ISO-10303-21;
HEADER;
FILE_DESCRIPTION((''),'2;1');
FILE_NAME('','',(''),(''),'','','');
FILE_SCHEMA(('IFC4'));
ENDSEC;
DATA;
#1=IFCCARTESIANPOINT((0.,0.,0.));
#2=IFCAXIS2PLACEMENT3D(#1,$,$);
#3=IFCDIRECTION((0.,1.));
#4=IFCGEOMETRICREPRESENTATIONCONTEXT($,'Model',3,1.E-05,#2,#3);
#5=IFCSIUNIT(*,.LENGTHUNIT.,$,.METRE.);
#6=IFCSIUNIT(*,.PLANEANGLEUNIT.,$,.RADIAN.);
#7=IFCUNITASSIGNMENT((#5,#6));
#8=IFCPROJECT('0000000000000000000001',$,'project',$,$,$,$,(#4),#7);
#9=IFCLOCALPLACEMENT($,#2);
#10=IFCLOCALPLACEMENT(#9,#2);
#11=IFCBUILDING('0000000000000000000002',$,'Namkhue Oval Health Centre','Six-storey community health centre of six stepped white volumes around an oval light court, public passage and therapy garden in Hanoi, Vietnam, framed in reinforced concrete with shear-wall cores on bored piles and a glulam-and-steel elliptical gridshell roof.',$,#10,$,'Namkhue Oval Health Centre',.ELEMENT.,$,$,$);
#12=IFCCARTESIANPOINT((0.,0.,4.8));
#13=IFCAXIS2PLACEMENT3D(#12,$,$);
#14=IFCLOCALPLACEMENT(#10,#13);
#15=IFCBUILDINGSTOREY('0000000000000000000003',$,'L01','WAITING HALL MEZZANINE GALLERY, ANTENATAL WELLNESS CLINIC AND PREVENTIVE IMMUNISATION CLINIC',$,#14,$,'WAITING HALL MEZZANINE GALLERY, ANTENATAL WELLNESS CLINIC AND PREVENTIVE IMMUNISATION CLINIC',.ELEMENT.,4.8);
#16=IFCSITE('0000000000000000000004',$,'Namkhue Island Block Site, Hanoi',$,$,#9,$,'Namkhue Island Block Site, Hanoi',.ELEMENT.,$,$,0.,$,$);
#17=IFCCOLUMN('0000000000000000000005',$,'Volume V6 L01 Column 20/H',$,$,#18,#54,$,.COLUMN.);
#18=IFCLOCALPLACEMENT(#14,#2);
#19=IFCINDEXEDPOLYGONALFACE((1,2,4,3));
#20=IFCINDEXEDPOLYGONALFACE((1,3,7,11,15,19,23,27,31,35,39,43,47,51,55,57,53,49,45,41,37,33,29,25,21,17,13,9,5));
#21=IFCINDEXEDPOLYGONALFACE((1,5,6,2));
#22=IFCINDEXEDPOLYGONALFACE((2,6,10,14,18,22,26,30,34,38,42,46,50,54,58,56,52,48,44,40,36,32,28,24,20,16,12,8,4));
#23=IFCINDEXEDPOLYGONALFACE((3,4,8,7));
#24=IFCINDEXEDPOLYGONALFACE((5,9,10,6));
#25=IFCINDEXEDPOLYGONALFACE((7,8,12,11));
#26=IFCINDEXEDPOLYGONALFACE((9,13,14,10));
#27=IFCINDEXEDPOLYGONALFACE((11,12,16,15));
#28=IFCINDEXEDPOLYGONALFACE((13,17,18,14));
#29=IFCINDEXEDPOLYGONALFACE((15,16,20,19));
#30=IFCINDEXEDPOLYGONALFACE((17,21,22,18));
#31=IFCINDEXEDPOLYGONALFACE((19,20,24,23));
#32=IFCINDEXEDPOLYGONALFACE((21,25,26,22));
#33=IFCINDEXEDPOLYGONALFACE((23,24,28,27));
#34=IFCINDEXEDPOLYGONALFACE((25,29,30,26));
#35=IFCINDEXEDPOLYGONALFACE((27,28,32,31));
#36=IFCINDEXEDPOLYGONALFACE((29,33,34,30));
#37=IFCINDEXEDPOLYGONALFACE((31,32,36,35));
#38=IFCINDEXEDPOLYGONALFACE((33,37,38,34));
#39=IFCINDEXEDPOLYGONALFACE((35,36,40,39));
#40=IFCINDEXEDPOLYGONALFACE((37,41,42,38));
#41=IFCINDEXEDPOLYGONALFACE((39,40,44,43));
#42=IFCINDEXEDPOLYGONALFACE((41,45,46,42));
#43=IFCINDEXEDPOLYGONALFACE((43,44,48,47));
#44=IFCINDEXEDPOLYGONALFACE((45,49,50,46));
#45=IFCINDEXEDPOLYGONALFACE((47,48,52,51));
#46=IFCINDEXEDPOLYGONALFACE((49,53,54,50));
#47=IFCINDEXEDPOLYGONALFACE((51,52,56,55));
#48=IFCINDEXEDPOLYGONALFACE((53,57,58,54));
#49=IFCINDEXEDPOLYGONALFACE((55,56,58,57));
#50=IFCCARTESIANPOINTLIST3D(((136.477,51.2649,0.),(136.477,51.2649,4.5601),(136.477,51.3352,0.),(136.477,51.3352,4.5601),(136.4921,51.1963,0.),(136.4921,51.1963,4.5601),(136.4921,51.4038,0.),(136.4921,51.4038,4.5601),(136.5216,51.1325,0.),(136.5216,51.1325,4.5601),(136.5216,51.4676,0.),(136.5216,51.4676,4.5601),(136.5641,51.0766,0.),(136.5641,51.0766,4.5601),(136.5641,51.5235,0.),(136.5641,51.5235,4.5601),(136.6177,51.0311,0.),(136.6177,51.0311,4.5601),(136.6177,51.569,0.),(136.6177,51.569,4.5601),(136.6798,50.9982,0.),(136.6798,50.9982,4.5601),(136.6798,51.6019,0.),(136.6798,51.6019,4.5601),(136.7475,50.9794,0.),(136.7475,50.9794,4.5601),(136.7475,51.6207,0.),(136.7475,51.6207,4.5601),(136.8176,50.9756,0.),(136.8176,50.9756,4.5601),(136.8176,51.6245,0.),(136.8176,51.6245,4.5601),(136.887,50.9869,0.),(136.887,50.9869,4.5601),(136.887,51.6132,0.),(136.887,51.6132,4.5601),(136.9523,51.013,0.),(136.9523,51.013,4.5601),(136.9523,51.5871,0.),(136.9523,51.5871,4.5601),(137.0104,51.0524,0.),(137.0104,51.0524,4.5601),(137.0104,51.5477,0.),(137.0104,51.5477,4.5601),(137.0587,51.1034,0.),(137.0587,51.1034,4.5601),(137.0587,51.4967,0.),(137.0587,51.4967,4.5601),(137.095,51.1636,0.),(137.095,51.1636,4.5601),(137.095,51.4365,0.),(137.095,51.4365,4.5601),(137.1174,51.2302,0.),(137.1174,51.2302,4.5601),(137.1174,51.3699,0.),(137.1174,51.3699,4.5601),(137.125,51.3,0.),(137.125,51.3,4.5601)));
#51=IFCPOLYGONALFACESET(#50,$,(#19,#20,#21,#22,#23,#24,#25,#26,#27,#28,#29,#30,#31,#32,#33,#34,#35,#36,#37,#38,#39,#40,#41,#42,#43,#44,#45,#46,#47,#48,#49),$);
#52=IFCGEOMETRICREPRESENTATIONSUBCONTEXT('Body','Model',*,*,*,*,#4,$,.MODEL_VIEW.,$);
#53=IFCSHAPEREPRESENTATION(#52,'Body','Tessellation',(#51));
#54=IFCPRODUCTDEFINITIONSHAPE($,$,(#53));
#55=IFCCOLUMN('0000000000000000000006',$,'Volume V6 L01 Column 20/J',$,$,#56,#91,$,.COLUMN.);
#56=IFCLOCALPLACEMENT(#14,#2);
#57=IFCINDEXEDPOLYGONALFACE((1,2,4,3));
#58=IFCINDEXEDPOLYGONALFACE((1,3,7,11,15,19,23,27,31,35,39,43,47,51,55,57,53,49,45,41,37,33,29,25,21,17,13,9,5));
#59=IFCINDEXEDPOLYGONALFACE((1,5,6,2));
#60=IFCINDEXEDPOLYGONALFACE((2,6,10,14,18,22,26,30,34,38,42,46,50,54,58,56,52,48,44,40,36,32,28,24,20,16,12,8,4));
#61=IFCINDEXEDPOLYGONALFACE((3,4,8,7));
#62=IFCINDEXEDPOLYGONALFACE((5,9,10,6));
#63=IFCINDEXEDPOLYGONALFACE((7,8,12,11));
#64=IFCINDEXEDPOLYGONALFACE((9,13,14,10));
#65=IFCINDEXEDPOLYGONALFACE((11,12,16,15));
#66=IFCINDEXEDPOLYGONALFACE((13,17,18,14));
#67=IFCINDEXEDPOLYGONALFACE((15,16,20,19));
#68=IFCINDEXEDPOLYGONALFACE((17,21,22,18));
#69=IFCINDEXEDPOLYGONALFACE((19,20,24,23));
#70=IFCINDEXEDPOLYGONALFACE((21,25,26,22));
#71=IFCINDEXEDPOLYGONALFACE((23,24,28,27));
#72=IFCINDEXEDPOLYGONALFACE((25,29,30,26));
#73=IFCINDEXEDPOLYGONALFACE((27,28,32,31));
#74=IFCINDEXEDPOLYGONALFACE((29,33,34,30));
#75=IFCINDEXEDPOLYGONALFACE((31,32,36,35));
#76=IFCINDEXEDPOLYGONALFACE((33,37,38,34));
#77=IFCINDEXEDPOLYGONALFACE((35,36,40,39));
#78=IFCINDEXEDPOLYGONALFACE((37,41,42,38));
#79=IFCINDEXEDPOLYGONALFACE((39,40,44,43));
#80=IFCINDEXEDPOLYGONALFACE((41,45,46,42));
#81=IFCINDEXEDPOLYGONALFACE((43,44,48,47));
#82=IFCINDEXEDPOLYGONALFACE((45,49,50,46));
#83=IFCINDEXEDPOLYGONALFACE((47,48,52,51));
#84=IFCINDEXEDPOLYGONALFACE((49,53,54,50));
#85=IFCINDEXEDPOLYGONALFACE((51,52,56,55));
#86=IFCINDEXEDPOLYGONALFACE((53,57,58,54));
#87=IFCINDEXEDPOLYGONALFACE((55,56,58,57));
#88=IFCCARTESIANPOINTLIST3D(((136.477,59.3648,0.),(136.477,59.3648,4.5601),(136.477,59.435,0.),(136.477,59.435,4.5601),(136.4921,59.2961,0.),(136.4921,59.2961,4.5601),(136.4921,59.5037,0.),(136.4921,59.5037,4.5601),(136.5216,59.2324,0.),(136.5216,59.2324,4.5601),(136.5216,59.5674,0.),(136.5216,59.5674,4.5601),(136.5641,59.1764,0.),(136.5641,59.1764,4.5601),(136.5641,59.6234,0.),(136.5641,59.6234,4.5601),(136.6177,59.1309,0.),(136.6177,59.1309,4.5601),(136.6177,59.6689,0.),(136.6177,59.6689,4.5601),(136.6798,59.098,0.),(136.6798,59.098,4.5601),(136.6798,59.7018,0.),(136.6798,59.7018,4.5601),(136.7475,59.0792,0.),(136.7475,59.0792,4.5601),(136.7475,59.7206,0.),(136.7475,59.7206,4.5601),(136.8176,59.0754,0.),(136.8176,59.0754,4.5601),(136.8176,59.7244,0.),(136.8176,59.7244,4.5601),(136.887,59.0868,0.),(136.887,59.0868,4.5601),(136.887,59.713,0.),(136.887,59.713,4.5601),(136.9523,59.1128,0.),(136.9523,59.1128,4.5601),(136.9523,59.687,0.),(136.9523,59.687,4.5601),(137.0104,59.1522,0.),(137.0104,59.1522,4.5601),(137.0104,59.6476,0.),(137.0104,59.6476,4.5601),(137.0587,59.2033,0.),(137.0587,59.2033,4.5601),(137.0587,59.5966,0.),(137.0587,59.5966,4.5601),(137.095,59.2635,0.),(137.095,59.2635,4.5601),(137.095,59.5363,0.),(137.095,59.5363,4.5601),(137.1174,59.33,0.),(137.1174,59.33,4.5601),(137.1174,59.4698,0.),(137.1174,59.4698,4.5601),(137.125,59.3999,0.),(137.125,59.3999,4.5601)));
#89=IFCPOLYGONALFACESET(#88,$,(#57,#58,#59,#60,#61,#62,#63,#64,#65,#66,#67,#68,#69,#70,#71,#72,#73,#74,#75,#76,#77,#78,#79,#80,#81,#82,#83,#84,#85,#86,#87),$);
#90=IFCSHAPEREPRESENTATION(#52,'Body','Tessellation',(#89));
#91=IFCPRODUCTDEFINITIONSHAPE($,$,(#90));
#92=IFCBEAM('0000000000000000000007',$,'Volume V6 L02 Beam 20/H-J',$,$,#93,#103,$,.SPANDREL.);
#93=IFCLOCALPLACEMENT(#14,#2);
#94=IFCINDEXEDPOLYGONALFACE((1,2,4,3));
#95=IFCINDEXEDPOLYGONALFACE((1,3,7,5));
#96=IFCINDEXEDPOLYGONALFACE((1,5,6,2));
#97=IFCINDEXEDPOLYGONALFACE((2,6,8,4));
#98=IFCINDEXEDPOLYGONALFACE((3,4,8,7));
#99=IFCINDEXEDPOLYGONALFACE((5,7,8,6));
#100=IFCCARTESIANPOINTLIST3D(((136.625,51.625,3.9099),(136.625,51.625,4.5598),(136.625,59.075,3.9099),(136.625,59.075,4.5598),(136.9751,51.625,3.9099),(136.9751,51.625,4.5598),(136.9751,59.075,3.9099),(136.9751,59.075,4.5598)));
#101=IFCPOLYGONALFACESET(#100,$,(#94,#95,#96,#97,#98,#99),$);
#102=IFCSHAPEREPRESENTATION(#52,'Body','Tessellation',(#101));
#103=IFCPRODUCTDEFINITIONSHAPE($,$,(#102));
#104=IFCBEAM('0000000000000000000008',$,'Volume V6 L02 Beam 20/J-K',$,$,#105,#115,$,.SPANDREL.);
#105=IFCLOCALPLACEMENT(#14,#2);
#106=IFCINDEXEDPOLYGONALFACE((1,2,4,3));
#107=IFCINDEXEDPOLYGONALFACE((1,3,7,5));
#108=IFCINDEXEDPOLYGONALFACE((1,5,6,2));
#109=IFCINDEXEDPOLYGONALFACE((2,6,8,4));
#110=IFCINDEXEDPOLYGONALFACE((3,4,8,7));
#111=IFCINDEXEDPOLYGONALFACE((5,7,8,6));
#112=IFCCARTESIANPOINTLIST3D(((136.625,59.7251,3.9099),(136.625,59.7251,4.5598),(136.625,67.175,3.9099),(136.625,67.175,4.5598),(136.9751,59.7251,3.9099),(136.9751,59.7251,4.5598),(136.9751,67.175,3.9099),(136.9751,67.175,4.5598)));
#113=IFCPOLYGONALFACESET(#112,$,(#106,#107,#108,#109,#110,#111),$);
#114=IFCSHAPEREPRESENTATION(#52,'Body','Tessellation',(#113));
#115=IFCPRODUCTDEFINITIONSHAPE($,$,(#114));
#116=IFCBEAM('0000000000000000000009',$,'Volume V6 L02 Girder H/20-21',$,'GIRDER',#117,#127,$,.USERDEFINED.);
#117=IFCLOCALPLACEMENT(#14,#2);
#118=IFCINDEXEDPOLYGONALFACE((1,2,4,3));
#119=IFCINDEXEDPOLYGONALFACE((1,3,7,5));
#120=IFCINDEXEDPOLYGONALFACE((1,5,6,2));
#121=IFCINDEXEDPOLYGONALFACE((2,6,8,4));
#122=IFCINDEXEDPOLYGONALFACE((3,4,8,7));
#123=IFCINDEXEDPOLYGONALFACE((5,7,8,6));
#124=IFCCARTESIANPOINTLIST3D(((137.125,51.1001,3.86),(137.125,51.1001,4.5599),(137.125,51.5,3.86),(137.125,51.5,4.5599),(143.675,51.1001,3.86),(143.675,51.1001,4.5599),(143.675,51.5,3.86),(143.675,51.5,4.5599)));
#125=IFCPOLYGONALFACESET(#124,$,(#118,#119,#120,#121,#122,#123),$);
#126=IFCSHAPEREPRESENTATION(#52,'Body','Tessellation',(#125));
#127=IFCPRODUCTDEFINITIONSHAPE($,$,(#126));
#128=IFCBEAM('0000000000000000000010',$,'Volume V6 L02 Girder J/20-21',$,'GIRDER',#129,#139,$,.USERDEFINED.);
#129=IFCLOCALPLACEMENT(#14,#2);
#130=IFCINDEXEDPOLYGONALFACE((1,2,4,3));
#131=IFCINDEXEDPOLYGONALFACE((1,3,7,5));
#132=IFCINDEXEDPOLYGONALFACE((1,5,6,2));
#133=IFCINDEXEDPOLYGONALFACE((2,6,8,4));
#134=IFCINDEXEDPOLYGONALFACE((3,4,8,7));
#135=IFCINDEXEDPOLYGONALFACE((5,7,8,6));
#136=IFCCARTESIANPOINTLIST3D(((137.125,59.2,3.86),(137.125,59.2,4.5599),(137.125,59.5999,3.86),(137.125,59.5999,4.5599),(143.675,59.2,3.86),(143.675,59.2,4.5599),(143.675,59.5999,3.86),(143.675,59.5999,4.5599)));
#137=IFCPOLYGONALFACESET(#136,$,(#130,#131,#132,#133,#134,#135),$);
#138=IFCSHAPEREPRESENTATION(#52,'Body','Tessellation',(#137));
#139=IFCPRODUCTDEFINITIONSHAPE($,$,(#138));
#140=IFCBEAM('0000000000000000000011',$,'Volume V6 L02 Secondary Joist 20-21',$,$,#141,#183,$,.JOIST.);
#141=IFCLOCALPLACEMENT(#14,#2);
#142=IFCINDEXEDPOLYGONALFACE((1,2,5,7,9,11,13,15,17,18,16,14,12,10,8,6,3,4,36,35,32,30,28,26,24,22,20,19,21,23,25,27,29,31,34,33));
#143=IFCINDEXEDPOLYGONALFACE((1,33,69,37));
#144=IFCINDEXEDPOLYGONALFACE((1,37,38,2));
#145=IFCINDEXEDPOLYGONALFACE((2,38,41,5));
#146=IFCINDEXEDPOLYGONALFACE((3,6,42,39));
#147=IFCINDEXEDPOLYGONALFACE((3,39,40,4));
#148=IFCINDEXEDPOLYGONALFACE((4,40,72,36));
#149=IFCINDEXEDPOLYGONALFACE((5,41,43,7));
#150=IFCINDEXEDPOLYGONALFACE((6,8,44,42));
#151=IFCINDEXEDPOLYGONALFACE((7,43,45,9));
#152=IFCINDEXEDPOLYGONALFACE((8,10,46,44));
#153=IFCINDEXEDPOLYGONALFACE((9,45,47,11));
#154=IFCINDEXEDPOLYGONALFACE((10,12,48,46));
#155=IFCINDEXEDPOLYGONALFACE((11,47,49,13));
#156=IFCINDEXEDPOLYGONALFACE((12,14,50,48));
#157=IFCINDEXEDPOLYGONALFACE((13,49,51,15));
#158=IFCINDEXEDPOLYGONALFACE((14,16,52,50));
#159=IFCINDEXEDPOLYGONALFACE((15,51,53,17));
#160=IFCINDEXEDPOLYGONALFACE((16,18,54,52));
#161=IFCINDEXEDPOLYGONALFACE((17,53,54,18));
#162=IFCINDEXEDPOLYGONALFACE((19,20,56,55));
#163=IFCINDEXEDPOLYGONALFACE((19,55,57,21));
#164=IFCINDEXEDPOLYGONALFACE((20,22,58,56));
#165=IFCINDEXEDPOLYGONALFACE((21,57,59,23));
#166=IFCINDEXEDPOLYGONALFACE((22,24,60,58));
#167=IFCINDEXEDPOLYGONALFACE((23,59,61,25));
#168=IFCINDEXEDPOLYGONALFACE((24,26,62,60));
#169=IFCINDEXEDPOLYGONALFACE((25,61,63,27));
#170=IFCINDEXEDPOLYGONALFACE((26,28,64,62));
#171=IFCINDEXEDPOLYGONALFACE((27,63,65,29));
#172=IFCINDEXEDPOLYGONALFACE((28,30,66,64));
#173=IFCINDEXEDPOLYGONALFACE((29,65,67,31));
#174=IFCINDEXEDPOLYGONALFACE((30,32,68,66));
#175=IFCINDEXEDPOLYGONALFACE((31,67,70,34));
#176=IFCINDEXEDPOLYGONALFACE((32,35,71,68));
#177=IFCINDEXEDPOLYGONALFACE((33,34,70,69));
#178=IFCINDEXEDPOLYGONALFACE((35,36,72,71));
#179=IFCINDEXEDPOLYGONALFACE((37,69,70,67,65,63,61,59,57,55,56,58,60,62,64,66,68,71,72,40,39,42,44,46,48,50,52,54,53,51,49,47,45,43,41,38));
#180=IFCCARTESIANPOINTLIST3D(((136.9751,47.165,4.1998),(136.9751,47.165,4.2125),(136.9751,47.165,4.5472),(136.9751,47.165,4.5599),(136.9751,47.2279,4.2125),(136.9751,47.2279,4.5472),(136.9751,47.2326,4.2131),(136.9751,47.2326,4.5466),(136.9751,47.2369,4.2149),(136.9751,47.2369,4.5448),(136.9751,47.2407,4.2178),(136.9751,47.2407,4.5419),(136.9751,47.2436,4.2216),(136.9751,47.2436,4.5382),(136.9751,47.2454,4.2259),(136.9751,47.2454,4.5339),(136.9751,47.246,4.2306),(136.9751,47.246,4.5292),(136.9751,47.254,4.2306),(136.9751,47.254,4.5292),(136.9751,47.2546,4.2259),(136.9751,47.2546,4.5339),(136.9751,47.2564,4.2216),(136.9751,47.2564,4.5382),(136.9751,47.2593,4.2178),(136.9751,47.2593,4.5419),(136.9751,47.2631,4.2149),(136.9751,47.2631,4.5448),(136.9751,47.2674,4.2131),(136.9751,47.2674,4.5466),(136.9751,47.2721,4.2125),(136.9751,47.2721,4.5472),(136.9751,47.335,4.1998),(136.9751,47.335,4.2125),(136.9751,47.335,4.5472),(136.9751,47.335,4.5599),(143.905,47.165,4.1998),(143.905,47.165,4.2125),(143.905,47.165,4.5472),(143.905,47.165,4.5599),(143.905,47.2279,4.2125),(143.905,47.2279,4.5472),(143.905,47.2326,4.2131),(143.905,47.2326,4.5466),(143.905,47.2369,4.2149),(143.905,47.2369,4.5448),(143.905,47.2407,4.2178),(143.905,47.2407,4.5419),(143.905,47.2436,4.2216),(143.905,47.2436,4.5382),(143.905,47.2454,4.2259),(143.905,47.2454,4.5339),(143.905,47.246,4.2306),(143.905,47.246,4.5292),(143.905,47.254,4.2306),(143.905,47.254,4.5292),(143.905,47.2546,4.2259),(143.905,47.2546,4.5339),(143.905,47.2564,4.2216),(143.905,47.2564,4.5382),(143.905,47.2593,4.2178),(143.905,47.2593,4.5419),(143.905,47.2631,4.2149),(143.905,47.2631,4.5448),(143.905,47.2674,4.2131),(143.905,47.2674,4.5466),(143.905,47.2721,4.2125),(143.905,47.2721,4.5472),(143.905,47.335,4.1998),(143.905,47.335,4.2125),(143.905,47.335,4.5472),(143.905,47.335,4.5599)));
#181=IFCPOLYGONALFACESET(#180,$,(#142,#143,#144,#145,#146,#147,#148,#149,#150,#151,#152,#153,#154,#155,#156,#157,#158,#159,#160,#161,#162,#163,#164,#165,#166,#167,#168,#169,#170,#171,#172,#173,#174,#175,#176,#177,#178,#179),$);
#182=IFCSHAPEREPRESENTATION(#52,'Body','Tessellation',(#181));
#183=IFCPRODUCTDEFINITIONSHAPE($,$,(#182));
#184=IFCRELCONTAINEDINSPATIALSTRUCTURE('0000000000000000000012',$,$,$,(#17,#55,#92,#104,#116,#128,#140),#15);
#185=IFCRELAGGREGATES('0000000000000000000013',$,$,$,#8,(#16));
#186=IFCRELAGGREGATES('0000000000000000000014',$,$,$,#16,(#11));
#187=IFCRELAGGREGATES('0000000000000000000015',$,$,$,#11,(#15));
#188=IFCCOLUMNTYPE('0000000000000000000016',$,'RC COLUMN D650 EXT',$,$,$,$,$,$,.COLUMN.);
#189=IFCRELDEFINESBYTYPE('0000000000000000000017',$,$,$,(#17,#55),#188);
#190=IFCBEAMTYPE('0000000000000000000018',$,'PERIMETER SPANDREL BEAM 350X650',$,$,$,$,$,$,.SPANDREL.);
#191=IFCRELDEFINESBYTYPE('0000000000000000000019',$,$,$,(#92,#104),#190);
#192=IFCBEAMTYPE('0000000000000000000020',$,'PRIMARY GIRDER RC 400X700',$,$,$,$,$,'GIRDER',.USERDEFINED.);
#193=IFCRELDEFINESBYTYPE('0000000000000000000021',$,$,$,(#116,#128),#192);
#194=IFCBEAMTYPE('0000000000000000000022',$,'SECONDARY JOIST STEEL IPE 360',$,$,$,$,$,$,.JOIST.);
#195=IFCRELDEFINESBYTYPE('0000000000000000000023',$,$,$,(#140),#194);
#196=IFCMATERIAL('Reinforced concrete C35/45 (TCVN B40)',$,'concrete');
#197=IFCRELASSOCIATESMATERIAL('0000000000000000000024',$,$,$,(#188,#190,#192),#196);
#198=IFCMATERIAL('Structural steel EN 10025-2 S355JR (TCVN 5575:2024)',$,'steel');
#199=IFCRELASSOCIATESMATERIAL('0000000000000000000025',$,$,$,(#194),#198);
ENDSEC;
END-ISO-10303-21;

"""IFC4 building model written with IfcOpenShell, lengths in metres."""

from ifc_helpers import new_model, si_unit, direction, frame, origin, origin_2d, place, context, subcontext, project, spatial, rectangle, circle, i_section, extrude, material, material_profile, profile_set, type_object, element, save


model = new_model("IFC4")

# Units and contexts
model_context = context("Model", 3, precision=1e-05, world=origin(), true_north=direction((0.0, 1.0)))
body_context = subcontext(model_context, "Body", "Model", "MODEL_VIEW")
ifc_project = project(units=[si_unit("LENGTHUNIT", "METRE"), si_unit("PLANEANGLEUNIT", "RADIAN")], contexts=[model_context])

# Site, building, storey
site_placement = place(None, origin())
site = spatial("IfcSite", under=ifc_project, at=site_placement, Name="Namkhue Island Block Site, Hanoi", LongName="Namkhue Island Block Site, Hanoi", CompositionType="ELEMENT", RefElevation=0.0)
building_placement = place(site_placement, origin())
building = spatial("IfcBuilding", under=site, at=building_placement, Name="Namkhue Oval Health Centre", Description="Six-storey community health centre of six stepped white volumes around an oval light court, public passage and therapy garden in Hanoi, Vietnam, framed in reinforced concrete with shear-wall cores on bored piles and a glulam-and-steel elliptical gridshell roof.", LongName="Namkhue Oval Health Centre", CompositionType="ELEMENT")
storey_placement = place(building_placement, frame((0.0, 0.0, 4.8)))
storey = spatial("IfcBuildingStorey", under=building, at=storey_placement, Name="L01", Description="WAITING HALL MEZZANINE GALLERY, ANTENATAL WELLNESS CLINIC AND PREVENTIVE IMMUNISATION CLINIC", LongName="WAITING HALL MEZZANINE GALLERY, ANTENATAL WELLNESS CLINIC AND PREVENTIVE IMMUNISATION CLINIC", CompositionType="ELEMENT", Elevation=4.8)

# Columns
ifc_material_1 = material(Name="Reinforced concrete C35/45 (TCVN B40)", Category="concrete")
ifc_material_profile_1 = material_profile(ifc_material_1, circle(Radius=0.325, at=origin_2d()), Name="RC D650")
ifc_profile_set_1 = profile_set([ifc_material_profile_1], Name="Reinforced concrete C35/45 (TCVN B40)")
column_type = type_object("IfcColumnType", Name="RC COLUMN D650 EXT", PredefinedType="COLUMN", material=ifc_profile_set_1)
for number, where, z_axis, x_axis, name in (
    (1, (136.8, 51.3, 0.0), (0.0, 0.0, 1.0), (1.0, 0.0, 0.0), "Volume V6 L01 Column 20/H"),
    (2, (136.8, 59.3999, 0.0), (0.0, 0.0, 1.0), (1.0, 0.0, 0.0), "Volume V6 L01 Column 20/J"),
):
    element("IfcColumn", number, at=place(storey_placement, frame(where, z_axis=z_axis, x_axis=x_axis)), inside=storey, type_object=column_type, Name=name, PredefinedType="COLUMN", context=body_context, shape_type="SweptSolid", body=[
        extrude(circle(Radius=0.325, at=origin_2d()), origin(), (0.0, 0.0, 1.0), 4.5601),
    ])

# Beams
ifc_material_profile_2 = material_profile(ifc_material_1, rectangle(XDim=0.3501, YDim=0.6499, at=origin_2d()), Name="RC 350x650")
ifc_profile_set_2 = profile_set([ifc_material_profile_2], Name="Reinforced concrete C35/45 (TCVN B40)")
beam_type_1 = type_object("IfcBeamType", Name="PERIMETER SPANDREL BEAM 350X650", PredefinedType="SPANDREL", material=ifc_profile_set_2)
for number, where, z_axis, x_axis, name in (
    (3, (136.8, 51.625, 4.2349), (0.0, 1.0, 0.0), (-1.0, 0.0, 0.0), "Volume V6 L02 Beam 20/H-J"),
    (4, (136.8, 59.7251, 4.2349), (0.0, 1.0, 0.0), (-1.0, 0.0, 0.0), "Volume V6 L02 Beam 20/J-K"),
):
    element("IfcBeam", number, at=place(storey_placement, frame(where, z_axis=z_axis, x_axis=x_axis)), inside=storey, type_object=beam_type_1, Name=name, PredefinedType="SPANDREL", context=body_context, shape_type="SweptSolid", body=[
        extrude(rectangle(XDim=0.3501, YDim=0.6499, at=origin_2d()), origin(), (0.0, 0.0, 1.0), 7.45),
    ])
ifc_material_profile_3 = material_profile(ifc_material_1, rectangle(XDim=0.3999, YDim=0.7, at=origin_2d()), Name="RC 400x700")
ifc_profile_set_3 = profile_set([ifc_material_profile_3], Name="Reinforced concrete C35/45 (TCVN B40)")
beam_type_2 = type_object("IfcBeamType", Name="PRIMARY GIRDER RC 400X700", ElementType="GIRDER", PredefinedType="USERDEFINED", material=ifc_profile_set_3)
for number, where, z_axis, x_axis, name in (
    (5, (137.125, 51.3, 4.21), (1.0, 0.0, 0.0), (0.0, 1.0, 0.0), "Volume V6 L02 Girder H/20-21"),
    (6, (137.125, 59.3999, 4.21), (1.0, 0.0, 0.0), (0.0, 1.0, 0.0), "Volume V6 L02 Girder J/20-21"),
):
    element("IfcBeam", number, at=place(storey_placement, frame(where, z_axis=z_axis, x_axis=x_axis)), inside=storey, type_object=beam_type_2, Name=name, ObjectType="GIRDER", PredefinedType="USERDEFINED", context=body_context, shape_type="SweptSolid", body=[
        extrude(rectangle(XDim=0.3999, YDim=0.7, at=origin_2d()), origin(), (0.0, 0.0, 1.0), 6.55),
    ])
ifc_material_2 = material(Name="Structural steel EN 10025-2 S355JR (TCVN 5575:2024)", Category="steel")
ifc_material_profile_4 = material_profile(ifc_material_2, i_section(OverallWidth=0.1699, OverallDepth=0.3601, WebThickness=0.0081, FlangeThickness=0.0127, FilletRadius=0.0181, at=origin_2d()), Name="IPE 360")
ifc_profile_set_4 = profile_set([ifc_material_profile_4], Name="Structural steel EN 10025-2 S355JR (TCVN 5575:2024)")
beam_type_3 = type_object("IfcBeamType", Name="SECONDARY JOIST STEEL IPE 360", PredefinedType="JOIST", material=ifc_profile_set_4)
for number, where, z_axis, x_axis, name in (
    (7, (136.9751, 47.25, 4.3799), (1.0, 0.0, 0.0), (0.0, 1.0, 0.0), "Volume V6 L02 Secondary Joist 20-21"),
):
    element("IfcBeam", number, at=place(storey_placement, frame(where, z_axis=z_axis, x_axis=x_axis)), inside=storey, type_object=beam_type_3, Name=name, PredefinedType="JOIST", context=body_context, shape_type="SweptSolid", body=[
        extrude(i_section(OverallWidth=0.1699, OverallDepth=0.3601, WebThickness=0.0081, FlangeThickness=0.0127, FilletRadius=0.0181, at=origin_2d()), origin(), (0.0, 0.0, 1.0), 6.9299),
    ])

save(model, "model.ifc")
